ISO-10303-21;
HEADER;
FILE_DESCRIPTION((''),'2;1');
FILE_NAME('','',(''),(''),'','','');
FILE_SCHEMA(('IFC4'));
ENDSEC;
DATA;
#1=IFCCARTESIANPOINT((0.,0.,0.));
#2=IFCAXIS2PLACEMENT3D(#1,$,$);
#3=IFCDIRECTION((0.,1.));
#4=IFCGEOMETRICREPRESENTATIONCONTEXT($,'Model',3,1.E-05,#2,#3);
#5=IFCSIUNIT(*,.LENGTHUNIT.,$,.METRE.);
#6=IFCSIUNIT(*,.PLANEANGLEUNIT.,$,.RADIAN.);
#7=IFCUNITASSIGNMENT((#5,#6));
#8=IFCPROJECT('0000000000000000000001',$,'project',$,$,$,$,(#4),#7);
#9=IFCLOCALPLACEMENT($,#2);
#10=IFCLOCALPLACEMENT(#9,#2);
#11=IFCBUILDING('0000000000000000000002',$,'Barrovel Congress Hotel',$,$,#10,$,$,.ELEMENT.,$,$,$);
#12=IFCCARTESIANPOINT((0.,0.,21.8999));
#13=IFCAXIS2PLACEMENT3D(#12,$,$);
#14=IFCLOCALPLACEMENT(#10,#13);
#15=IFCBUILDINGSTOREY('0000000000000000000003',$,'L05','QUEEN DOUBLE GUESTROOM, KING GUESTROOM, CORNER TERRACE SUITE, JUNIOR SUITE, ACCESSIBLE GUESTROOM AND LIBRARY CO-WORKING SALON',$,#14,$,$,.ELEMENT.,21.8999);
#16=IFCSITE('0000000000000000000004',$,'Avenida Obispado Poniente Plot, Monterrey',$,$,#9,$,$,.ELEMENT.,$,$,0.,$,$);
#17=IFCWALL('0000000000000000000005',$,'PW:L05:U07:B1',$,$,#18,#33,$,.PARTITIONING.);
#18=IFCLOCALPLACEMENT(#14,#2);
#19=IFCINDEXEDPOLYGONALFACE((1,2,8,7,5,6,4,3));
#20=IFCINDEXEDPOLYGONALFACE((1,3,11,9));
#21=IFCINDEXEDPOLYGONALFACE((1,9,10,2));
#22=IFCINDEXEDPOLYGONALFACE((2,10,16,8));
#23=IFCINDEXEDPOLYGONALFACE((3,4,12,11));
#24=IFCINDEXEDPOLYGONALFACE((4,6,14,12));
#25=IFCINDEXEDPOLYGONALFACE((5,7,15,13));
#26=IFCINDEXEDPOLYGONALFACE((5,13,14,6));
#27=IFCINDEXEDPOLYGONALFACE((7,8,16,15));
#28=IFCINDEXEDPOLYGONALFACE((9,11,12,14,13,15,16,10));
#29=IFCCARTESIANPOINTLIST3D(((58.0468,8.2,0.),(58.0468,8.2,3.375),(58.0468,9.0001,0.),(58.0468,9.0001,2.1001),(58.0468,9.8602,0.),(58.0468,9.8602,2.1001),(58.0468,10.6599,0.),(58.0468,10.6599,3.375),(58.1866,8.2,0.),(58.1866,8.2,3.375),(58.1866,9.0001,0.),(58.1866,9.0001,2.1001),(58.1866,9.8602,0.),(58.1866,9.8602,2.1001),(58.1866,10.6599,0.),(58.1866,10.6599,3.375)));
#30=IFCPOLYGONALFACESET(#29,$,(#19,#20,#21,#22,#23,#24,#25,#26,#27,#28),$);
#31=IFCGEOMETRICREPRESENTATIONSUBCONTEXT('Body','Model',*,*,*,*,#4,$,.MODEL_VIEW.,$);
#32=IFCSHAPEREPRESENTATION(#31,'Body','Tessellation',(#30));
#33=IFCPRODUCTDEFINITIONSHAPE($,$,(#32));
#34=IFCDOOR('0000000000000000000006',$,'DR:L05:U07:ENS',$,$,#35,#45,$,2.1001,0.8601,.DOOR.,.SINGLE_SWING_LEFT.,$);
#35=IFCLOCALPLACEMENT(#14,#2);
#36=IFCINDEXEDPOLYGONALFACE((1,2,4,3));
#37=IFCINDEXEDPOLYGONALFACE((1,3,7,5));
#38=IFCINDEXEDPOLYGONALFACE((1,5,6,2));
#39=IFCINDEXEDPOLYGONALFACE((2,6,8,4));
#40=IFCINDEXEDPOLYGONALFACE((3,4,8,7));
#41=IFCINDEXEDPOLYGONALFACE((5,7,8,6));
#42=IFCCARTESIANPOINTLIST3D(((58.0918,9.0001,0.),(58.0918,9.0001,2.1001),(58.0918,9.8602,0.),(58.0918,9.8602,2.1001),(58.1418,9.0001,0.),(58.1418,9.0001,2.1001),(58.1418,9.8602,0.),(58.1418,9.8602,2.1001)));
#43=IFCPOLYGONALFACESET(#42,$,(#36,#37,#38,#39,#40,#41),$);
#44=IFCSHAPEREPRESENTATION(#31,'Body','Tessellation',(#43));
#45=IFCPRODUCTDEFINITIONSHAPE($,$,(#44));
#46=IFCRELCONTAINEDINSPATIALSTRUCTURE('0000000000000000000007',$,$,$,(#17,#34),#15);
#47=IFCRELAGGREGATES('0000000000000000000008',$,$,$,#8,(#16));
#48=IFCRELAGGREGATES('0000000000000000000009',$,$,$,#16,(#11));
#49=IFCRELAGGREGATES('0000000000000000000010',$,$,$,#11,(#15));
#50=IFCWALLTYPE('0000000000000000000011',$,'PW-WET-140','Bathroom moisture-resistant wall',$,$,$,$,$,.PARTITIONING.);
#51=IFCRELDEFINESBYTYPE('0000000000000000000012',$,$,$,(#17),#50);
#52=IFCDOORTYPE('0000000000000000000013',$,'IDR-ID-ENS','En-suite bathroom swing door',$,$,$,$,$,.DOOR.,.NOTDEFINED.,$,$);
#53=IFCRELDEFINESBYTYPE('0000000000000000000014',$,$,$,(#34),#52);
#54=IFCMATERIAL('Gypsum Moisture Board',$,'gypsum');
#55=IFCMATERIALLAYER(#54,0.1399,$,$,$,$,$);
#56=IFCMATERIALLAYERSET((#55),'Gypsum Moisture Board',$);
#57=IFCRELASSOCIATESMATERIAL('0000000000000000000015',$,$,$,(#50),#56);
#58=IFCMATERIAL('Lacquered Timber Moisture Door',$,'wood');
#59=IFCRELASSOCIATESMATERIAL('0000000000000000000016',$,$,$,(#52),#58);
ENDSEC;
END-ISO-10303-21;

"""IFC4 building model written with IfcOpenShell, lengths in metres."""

from ifc_helpers import new_model, si_unit, direction, frame, frame_2d, origin, place, context, subcontext, project, spatial, rectangle, extrude, material, layer, layer_set, type_object, element, fill, save


model = new_model("IFC4")

# Units and contexts
model_context = context("Model", 3, precision=1e-05, world=origin(), true_north=direction((0.0, 1.0)))
body_context = subcontext(model_context, "Body", "Model", "MODEL_VIEW")
ifc_project = project(units=[si_unit("LENGTHUNIT", "METRE"), si_unit("PLANEANGLEUNIT", "RADIAN")], contexts=[model_context])

# Site, building, storey
site_placement = place(None, origin())
site = spatial("IfcSite", under=ifc_project, at=site_placement, Name="Avenida Obispado Poniente Plot, Monterrey", CompositionType="ELEMENT", RefElevation=0.0)
building_placement = place(site_placement, origin())
building = spatial("IfcBuilding", under=site, at=building_placement, Name="Barrovel Congress Hotel", CompositionType="ELEMENT")
storey_placement = place(building_placement, frame((0.0, 0.0, 21.8999)))
storey = spatial("IfcBuildingStorey", under=building, at=storey_placement, Name="L05", Description="QUEEN DOUBLE GUESTROOM, KING GUESTROOM, CORNER TERRACE SUITE, JUNIOR SUITE, ACCESSIBLE GUESTROOM AND LIBRARY CO-WORKING SALON", CompositionType="ELEMENT", Elevation=21.8999)

# Wall, opening, door
ifc_material_1 = material(Name="Gypsum Moisture Board", Category="gypsum")
ifc_layer_1 = layer(ifc_material_1, 0.1399)
ifc_layer_set_1 = layer_set([ifc_layer_1], Name="Gypsum Moisture Board")
wall_type_1 = type_object("IfcWallType", Name="PW-WET-140", Description="Bathroom moisture-resistant wall", PredefinedType="PARTITIONING", material=ifc_layer_set_1)
ifc_material_2 = material(Name="Lacquered Timber Moisture Door", Category="wood")
door_type_1 = type_object("IfcDoorType", Name="IDR-ID-ENS", Description="En-suite bathroom swing door", OperationType="NOTDEFINED", PredefinedType="DOOR", material=ifc_material_2)
wall_1_placement = place(storey_placement, frame((58.1167, 8.2, 0.0), z_axis=(0.0, 0.0, 1.0), x_axis=(0.0, 1.0, 0.0)))
wall_1 = element("IfcWall", 1, at=wall_1_placement, inside=storey, type_object=wall_type_1, Name="PW:L05:U07:B1", PredefinedType="PARTITIONING", context=body_context, shape_type="SweptSolid", body=[
    extrude(rectangle(XDim=2.46, YDim=0.1399, at=frame_2d((1.23, 0.0))), origin(), (0.0, 0.0, 1.0), 3.375),
])
opening_1_placement = place(wall_1_placement, frame((0.8, 0.0, 0.0)))
opening_1 = element("IfcOpeningElement", 2, at=opening_1_placement, cuts=wall_1, PredefinedType="OPENING", context=body_context, shape_type="SweptSolid", body=[
    extrude(rectangle(XDim=0.8601, YDim=2.1001, at=frame_2d((0.4302, 1.05))), frame((0.0, 0.0801, 0.0), z_axis=(0.0, -1.0, 0.0), x_axis=(1.0, 0.0, 0.0)), (0.0, 0.0, 1.0), 0.1599),
])
door_1_placement = place(opening_1_placement, origin())
door_1 = element("IfcDoor", 3, at=door_1_placement, inside=storey, type_object=door_type_1, Name="DR:L05:U07:ENS", OperationType="SINGLE_SWING_LEFT", OverallHeight=2.1001, OverallWidth=0.8601, PredefinedType="DOOR", context=body_context, shape_type="SweptSolid", body=[
    extrude(rectangle(XDim=0.8601, YDim=2.1001, at=frame_2d((0.4302, 1.05))), frame((0.0, 0.0249, 0.0), z_axis=(0.0, -1.0, 0.0), x_axis=(1.0, 0.0, 0.0)), (0.0, 0.0, 1.0), 0.05),
])
fill(opening_1, door_1)

save(model, "model.ifc")
